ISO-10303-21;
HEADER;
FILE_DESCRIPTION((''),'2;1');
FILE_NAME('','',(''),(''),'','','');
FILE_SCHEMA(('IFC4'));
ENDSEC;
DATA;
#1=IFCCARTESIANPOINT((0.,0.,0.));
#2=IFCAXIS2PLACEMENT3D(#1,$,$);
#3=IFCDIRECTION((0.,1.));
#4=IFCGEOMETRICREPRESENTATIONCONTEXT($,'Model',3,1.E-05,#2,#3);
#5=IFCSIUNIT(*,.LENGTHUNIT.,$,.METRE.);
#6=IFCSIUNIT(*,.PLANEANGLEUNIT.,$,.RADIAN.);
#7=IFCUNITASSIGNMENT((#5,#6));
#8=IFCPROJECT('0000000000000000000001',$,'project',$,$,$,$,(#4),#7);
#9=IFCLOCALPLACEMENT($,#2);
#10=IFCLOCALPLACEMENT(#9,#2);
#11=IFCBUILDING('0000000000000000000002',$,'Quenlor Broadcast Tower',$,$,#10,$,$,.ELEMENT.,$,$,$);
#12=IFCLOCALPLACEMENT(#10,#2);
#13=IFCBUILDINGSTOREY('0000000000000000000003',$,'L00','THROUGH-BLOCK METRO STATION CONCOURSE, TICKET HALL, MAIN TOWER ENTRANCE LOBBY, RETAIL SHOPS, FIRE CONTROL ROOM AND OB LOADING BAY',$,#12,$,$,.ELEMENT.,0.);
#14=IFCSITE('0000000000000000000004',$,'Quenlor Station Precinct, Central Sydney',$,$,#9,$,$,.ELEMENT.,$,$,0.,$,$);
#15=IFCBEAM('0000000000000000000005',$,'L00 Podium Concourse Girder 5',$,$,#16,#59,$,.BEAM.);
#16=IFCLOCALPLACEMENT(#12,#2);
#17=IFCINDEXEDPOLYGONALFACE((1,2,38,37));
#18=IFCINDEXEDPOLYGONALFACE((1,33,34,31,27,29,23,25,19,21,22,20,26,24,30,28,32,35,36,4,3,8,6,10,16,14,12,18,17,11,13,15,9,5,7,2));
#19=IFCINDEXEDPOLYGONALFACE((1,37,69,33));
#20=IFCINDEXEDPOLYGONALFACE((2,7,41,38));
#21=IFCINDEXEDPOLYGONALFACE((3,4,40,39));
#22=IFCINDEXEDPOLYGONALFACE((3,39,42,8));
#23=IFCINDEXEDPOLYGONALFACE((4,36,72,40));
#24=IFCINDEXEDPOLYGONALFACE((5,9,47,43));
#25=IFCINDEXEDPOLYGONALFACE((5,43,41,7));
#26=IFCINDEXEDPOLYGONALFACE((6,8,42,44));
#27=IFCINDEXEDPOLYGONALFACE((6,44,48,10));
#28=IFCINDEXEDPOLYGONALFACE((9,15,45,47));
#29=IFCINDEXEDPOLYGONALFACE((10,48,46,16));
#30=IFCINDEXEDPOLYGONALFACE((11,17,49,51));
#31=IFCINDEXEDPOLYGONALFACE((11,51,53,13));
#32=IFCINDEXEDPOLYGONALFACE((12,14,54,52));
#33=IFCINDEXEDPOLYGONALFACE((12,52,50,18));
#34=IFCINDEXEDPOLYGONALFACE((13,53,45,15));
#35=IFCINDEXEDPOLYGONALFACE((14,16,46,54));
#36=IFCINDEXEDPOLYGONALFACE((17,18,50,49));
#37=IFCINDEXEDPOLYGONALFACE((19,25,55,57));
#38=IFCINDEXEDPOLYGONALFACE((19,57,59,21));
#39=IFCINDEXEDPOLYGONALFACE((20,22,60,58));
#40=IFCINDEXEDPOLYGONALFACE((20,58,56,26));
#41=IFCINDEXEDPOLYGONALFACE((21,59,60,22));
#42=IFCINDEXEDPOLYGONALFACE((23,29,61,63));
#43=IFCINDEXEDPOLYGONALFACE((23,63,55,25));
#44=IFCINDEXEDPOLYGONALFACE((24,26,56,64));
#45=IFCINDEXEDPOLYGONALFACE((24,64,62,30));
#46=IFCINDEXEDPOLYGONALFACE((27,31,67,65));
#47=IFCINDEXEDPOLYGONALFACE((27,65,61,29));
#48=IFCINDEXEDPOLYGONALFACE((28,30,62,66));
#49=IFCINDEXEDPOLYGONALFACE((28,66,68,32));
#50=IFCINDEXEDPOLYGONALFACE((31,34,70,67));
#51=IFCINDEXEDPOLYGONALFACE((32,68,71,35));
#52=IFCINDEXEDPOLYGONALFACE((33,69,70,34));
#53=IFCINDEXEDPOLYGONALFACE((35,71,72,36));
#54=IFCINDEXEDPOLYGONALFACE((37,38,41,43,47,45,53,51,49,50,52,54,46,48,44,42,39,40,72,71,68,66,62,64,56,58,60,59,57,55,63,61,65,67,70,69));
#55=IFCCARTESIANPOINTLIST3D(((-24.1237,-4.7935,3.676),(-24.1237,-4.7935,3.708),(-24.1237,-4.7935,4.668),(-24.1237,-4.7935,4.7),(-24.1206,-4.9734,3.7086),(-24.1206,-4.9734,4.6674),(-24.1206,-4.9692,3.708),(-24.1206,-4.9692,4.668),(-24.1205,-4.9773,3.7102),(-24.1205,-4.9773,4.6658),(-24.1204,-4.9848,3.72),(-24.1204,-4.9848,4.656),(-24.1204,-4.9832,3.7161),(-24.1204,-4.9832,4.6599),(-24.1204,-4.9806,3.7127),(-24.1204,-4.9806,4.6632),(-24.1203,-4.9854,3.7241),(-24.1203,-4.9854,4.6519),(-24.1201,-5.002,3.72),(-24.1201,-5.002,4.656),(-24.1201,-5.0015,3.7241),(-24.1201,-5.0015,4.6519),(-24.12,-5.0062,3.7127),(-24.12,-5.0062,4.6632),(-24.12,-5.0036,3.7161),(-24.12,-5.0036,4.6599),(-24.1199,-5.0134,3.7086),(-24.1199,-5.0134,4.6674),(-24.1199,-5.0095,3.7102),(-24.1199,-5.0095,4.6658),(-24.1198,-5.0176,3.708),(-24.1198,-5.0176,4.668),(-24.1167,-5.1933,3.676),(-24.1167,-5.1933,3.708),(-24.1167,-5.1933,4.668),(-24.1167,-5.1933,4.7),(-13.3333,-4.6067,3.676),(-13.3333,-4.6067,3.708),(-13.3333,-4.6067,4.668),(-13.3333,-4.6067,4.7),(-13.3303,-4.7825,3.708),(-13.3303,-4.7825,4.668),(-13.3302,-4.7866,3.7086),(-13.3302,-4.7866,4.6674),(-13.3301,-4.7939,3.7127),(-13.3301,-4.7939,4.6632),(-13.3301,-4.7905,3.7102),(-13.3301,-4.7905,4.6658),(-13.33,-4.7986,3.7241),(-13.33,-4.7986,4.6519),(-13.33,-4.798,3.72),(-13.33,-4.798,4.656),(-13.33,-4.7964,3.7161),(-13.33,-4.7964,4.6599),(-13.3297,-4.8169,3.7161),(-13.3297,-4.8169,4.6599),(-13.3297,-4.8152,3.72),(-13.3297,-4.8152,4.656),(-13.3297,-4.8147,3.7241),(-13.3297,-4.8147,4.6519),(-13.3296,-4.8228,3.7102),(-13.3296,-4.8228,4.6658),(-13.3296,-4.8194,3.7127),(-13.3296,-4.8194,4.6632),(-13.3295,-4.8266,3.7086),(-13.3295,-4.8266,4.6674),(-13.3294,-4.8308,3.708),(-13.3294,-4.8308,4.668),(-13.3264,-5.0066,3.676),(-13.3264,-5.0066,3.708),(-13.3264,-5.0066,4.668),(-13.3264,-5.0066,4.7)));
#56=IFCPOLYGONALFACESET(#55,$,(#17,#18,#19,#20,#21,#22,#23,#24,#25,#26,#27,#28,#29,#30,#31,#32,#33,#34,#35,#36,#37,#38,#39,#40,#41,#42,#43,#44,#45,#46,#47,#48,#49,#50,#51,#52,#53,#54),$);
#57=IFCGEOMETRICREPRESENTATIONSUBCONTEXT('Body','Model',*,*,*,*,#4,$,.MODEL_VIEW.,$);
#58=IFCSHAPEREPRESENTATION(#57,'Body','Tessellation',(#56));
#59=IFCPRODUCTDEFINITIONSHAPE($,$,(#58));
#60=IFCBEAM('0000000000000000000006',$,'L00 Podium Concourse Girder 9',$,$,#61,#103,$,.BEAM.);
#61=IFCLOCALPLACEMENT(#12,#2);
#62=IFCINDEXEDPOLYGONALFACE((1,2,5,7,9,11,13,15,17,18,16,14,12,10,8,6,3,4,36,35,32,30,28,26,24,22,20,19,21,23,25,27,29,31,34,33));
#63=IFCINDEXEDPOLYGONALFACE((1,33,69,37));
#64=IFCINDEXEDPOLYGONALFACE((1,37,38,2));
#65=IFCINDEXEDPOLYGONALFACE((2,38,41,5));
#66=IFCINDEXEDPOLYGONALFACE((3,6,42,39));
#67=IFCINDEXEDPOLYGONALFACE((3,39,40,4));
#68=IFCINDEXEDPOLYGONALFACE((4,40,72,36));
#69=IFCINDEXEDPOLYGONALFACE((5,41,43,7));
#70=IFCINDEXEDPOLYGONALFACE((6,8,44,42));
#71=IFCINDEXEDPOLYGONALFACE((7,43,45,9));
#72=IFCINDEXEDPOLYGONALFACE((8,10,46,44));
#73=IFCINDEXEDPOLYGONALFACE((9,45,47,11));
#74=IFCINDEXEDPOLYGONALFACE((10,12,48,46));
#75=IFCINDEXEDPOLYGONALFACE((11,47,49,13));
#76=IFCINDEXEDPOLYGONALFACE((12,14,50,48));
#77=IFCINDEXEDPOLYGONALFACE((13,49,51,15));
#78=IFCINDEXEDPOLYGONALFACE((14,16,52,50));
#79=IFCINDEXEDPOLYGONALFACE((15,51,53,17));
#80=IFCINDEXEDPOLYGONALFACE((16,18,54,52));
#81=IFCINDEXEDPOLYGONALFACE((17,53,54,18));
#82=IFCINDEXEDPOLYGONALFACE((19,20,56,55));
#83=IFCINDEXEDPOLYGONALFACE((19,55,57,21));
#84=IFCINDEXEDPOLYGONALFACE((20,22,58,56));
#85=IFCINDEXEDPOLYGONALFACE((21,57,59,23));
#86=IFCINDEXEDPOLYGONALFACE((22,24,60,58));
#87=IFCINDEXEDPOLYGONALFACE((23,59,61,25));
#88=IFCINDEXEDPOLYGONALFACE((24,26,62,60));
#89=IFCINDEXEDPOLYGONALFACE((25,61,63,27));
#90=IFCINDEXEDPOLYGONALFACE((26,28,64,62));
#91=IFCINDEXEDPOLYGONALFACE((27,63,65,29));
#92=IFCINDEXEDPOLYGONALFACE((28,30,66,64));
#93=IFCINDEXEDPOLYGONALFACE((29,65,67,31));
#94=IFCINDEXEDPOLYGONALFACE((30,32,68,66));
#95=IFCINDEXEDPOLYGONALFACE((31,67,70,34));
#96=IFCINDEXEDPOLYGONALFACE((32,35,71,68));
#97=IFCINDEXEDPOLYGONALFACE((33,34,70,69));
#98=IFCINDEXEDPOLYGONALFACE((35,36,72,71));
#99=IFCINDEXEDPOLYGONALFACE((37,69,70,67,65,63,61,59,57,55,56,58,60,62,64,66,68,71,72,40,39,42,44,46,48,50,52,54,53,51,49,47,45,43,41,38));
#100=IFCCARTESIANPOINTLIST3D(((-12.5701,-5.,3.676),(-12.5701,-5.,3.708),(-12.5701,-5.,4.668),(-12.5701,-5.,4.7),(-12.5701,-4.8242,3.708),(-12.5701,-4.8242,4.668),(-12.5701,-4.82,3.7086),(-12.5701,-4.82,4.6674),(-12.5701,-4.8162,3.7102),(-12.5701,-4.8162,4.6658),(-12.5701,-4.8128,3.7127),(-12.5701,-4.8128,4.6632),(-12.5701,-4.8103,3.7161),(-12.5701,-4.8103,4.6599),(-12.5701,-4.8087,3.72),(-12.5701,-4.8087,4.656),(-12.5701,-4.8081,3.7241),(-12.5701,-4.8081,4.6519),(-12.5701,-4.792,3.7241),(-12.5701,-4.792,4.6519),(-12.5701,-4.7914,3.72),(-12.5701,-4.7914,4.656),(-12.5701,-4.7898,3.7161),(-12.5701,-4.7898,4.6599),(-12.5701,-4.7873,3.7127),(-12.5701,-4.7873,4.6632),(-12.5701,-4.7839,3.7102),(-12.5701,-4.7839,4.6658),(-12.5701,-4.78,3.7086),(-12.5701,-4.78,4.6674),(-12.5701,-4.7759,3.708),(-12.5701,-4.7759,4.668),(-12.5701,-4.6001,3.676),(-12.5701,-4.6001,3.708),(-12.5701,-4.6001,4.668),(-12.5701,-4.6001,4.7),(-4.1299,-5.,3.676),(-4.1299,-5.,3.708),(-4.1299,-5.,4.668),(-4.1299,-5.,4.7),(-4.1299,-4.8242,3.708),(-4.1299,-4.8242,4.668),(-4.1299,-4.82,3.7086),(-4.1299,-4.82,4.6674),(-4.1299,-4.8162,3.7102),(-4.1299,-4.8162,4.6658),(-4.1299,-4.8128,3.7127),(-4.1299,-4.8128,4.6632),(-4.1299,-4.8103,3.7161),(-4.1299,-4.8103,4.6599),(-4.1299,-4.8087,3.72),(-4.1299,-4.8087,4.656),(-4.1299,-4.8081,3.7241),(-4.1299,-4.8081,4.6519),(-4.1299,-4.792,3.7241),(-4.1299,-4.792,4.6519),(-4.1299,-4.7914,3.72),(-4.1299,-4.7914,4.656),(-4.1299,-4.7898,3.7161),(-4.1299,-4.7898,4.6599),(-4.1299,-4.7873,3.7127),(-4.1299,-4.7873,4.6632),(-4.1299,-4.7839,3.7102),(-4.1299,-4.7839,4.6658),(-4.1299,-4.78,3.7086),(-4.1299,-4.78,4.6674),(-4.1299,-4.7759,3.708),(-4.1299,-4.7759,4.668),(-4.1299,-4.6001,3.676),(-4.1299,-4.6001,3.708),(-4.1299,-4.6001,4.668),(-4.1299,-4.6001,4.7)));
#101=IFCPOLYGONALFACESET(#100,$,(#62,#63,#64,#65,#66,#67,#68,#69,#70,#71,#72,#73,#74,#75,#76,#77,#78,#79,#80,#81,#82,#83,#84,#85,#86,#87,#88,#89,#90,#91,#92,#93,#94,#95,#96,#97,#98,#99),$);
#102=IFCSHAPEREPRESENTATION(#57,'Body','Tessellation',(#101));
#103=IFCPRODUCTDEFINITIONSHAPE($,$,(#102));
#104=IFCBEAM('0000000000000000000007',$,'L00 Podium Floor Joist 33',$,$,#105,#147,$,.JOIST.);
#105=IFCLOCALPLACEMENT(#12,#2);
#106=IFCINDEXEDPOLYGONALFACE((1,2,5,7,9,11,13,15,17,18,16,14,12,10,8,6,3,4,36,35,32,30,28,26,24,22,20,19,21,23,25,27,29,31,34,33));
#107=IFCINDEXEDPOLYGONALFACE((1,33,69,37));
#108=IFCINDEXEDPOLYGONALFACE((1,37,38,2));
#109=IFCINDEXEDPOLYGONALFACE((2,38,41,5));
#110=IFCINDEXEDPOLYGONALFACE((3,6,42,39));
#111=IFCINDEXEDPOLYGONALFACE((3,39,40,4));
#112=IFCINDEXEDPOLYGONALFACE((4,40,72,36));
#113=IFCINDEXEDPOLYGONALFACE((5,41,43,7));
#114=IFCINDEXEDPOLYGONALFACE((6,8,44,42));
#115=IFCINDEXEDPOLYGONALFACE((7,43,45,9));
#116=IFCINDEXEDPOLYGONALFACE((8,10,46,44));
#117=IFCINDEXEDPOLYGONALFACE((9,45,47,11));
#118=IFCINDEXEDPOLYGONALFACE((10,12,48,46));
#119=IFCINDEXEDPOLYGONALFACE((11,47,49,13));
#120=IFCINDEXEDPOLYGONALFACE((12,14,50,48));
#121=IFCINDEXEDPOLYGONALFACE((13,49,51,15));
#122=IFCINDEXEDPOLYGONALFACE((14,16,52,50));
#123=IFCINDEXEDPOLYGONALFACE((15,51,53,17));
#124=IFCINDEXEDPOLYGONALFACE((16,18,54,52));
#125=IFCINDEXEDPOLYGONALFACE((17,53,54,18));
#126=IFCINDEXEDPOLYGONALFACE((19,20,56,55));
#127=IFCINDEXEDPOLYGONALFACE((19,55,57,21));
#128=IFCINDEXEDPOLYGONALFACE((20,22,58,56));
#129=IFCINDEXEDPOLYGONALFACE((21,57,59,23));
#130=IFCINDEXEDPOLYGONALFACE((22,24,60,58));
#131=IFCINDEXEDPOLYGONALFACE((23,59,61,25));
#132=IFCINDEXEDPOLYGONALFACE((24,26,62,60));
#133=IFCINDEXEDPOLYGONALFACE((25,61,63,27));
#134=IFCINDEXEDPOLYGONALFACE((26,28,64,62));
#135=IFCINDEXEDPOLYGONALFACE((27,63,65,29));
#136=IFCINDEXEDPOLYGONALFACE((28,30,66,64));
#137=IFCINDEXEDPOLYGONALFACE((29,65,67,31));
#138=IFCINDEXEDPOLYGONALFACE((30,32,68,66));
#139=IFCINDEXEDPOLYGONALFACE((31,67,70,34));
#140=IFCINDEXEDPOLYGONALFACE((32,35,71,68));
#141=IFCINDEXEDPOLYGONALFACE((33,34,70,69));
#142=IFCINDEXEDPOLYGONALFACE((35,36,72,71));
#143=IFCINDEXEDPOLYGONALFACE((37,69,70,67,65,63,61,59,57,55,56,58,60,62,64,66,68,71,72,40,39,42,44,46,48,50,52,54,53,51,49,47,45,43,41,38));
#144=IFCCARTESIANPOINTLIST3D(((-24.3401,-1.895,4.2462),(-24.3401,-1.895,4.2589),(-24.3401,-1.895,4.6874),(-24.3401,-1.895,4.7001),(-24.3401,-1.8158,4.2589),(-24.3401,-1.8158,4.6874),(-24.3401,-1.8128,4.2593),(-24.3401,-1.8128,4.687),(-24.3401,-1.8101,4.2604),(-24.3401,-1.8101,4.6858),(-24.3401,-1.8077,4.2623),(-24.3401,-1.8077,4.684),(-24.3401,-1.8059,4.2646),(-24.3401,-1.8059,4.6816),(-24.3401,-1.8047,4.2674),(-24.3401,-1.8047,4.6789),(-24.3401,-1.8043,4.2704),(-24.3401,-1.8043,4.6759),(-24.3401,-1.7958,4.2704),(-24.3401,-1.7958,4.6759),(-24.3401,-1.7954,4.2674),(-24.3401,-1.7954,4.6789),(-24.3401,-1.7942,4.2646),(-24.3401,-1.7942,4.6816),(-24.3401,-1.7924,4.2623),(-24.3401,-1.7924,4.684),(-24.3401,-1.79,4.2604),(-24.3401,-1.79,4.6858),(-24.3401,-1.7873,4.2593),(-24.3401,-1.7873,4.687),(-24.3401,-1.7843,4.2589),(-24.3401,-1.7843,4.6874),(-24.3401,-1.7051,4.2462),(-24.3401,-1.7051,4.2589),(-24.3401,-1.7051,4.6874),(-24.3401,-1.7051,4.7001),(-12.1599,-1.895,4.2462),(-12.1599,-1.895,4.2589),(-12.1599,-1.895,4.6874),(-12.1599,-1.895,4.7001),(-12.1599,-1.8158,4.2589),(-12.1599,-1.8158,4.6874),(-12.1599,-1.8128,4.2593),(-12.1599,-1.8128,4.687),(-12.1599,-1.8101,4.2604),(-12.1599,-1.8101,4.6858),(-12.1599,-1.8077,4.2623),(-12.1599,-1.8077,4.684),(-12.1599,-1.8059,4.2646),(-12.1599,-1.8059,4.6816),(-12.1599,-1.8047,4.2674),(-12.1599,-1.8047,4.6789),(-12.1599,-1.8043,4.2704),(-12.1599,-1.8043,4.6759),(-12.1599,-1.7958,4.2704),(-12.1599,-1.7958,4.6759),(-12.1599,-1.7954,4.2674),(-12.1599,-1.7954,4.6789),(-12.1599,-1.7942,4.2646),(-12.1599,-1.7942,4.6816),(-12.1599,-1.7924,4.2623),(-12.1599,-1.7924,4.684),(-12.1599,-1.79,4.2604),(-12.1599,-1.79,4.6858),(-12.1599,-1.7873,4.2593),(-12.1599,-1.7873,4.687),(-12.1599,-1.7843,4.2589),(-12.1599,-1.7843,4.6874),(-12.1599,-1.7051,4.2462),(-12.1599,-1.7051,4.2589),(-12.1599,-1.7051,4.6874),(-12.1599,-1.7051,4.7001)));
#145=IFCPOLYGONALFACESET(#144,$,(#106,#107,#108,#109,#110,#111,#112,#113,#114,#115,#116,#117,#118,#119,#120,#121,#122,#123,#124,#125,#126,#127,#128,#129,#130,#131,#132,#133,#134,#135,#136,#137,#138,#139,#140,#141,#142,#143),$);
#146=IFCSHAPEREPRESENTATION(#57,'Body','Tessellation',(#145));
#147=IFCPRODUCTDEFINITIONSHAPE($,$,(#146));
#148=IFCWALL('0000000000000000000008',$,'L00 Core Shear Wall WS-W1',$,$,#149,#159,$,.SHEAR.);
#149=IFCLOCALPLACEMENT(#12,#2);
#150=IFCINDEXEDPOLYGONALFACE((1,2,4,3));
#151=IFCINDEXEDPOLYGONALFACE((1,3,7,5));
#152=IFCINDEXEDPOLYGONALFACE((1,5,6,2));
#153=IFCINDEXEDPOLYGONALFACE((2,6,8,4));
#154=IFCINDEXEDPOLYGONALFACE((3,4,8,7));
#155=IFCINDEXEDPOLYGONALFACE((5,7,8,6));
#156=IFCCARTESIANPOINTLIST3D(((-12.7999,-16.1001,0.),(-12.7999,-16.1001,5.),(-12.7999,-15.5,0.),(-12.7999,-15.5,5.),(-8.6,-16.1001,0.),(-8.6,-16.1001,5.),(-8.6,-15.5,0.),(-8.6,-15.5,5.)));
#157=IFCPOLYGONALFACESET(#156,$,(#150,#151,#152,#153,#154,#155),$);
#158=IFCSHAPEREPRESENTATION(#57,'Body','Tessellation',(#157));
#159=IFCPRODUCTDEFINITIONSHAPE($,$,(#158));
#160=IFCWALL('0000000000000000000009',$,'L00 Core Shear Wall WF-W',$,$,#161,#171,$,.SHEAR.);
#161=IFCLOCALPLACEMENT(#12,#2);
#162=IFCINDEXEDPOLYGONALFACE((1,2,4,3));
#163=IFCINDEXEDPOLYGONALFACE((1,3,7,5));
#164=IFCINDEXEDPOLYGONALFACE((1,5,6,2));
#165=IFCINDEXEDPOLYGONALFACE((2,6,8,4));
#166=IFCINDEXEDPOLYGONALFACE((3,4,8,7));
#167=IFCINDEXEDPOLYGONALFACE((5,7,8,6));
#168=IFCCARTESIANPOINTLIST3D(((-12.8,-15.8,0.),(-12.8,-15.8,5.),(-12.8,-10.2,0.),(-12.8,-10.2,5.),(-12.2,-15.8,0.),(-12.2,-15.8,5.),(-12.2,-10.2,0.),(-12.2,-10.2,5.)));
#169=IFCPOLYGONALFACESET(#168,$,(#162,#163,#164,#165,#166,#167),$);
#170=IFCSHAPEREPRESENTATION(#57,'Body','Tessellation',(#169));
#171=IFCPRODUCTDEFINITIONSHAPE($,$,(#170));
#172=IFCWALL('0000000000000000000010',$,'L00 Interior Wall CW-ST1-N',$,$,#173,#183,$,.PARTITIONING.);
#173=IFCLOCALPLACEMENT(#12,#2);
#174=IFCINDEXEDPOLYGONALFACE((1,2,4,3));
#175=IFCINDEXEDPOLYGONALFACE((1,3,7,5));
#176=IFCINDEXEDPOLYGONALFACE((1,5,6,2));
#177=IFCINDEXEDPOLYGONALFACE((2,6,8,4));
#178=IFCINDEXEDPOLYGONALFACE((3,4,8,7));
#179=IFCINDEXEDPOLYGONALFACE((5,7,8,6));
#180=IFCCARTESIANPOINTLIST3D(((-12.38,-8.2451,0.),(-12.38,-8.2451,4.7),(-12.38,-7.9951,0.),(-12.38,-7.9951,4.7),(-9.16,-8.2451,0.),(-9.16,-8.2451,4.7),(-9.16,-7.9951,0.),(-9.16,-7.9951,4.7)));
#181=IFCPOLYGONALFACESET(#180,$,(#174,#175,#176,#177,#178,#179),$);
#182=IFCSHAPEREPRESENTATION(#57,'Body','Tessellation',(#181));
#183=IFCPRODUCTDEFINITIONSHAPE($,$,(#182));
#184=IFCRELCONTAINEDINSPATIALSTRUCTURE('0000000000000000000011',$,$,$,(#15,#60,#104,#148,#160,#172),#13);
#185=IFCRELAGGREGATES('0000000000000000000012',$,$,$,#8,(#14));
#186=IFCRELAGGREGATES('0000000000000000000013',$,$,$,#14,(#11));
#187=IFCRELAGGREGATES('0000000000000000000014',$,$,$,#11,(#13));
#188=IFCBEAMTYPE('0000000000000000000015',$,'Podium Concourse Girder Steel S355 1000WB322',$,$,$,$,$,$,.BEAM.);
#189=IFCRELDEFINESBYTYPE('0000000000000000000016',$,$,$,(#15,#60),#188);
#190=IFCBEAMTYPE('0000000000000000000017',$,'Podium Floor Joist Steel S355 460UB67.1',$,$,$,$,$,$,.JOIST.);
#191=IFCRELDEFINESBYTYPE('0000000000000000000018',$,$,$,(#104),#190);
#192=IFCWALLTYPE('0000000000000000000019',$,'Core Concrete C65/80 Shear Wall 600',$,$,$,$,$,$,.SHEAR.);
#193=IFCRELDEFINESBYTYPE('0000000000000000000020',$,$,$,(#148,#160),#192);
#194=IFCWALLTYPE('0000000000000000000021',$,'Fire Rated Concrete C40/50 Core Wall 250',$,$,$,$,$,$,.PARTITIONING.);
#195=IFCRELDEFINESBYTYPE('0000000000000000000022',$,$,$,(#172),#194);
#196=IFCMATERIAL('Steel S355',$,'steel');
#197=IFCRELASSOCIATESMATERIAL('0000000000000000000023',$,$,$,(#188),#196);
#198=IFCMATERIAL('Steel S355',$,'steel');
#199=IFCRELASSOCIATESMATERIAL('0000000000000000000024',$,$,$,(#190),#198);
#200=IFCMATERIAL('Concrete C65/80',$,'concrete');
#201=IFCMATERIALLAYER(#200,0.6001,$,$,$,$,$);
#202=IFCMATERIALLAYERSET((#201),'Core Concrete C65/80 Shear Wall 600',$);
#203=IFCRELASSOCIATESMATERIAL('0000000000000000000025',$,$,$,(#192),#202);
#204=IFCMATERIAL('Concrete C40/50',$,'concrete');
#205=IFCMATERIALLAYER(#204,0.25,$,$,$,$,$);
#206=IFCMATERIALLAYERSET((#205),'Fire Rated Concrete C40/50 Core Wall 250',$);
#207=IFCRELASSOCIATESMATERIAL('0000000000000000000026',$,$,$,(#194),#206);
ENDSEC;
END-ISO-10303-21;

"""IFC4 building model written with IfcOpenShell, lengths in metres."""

from ifc_helpers import new_model, si_unit, direction, frame, frame_2d, origin, origin_2d, place, context, subcontext, project, spatial, rectangle, i_section, extrude, material, layer, layer_set, material_profile, profile_set, type_object, element, save


model = new_model("IFC4")

# Units and contexts
model_context = context("Model", 3, precision=1e-05, world=origin(), true_north=direction((0.0, 1.0)))
body_context = subcontext(model_context, "Body", "Model", "MODEL_VIEW")
ifc_project = project(units=[si_unit("LENGTHUNIT", "METRE"), si_unit("PLANEANGLEUNIT", "RADIAN")], contexts=[model_context])

# Site, building, storey
site_placement = place(None, origin())
site = spatial("IfcSite", under=ifc_project, at=site_placement, Name="Quenlor Station Precinct, Central Sydney", CompositionType="ELEMENT", RefElevation=0.0)
building_placement = place(site_placement, origin())
building = spatial("IfcBuilding", under=site, at=building_placement, Name="Quenlor Broadcast Tower", CompositionType="ELEMENT")
storey_placement = place(building_placement, origin())
storey = spatial("IfcBuildingStorey", under=building, at=storey_placement, Name="L00", Description="THROUGH-BLOCK METRO STATION CONCOURSE, TICKET HALL, MAIN TOWER ENTRANCE LOBBY, RETAIL SHOPS, FIRE CONTROL ROOM AND OB LOADING BAY", CompositionType="ELEMENT", Elevation=0.0)

# Beams
ifc_material_1 = material(Name="Steel S355", Category="steel")
ifc_material_profile_1 = material_profile(ifc_material_1, i_section(OverallWidth=0.3999, OverallDepth=1.0239, WebThickness=0.0161, FlangeThickness=0.032, FilletRadius=0.0161, at=origin_2d()))
ifc_profile_set_1 = profile_set([ifc_material_profile_1], Name="Steel S355 1000WB322")
beam_type_1 = type_object("IfcBeamType", Name="Podium Concourse Girder Steel S355 1000WB322", PredefinedType="BEAM", material=ifc_profile_set_1)
beam_1_placement = place(storey_placement, frame((-13.3298, -4.8066, 4.188), z_axis=(-0.99985, -0.017306, 0.0), x_axis=(0.017306, -0.99985, 0.0)))
element("IfcBeam", 1, at=beam_1_placement, inside=storey, type_object=beam_type_1, Name="L00 Podium Concourse Girder 5", PredefinedType="BEAM", context=body_context, shape_type="SweptSolid", body=[
    extrude(i_section(OverallWidth=0.3999, OverallDepth=1.0239, WebThickness=0.0161, FlangeThickness=0.032, FilletRadius=0.0161, at=origin_2d()), origin(), (0.0, 0.0, 1.0), 10.792),
])
beam_2_placement = place(storey_placement, frame((-12.5701, -4.8, 4.188), z_axis=(1.0, 0.0, 0.0), x_axis=(0.0, 1.0, 0.0)))
element("IfcBeam", 2, at=beam_2_placement, inside=storey, type_object=beam_type_1, Name="L00 Podium Concourse Girder 9", PredefinedType="BEAM", context=body_context, shape_type="SweptSolid", body=[
    extrude(i_section(OverallWidth=0.3999, OverallDepth=1.0239, WebThickness=0.0161, FlangeThickness=0.032, FilletRadius=0.0161, at=origin_2d()), origin(), (0.0, 0.0, 1.0), 8.4402),
])
ifc_material_2 = material(Name="Steel S355", Category="steel")
ifc_material_profile_2 = material_profile(ifc_material_2, i_section(OverallWidth=0.1899, OverallDepth=0.4539, WebThickness=0.0085, FlangeThickness=0.0127, FilletRadius=0.0115, at=origin_2d()))
ifc_profile_set_2 = profile_set([ifc_material_profile_2], Name="Steel S355 460UB67.1")
beam_type_2 = type_object("IfcBeamType", Name="Podium Floor Joist Steel S355 460UB67.1", PredefinedType="JOIST", material=ifc_profile_set_2)
beam_3_placement = place(storey_placement, frame((-24.3401, -1.8, 4.4731), z_axis=(1.0, 0.0, 0.0), x_axis=(0.0, 1.0, 0.0)))
element("IfcBeam", 3, at=beam_3_placement, inside=storey, type_object=beam_type_2, Name="L00 Podium Floor Joist 33", PredefinedType="JOIST", context=body_context, shape_type="SweptSolid", body=[
    extrude(i_section(OverallWidth=0.1899, OverallDepth=0.4539, WebThickness=0.0085, FlangeThickness=0.0127, FilletRadius=0.0115, at=origin_2d()), origin(), (0.0, 0.0, 1.0), 12.1802),
])

# Walls
ifc_material_3 = material(Name="Concrete C65/80", Category="concrete")
ifc_layer_1 = layer(ifc_material_3, 0.6001)
ifc_layer_set_1 = layer_set([ifc_layer_1], Name="Core Concrete C65/80 Shear Wall 600")
wall_type_1 = type_object("IfcWallType", Name="Core Concrete C65/80 Shear Wall 600", PredefinedType="SHEAR", material=ifc_layer_set_1)
wall_1_placement = place(storey_placement, frame((-12.8, -15.8, 0.0), z_axis=(0.0, 0.0, 1.0), x_axis=(1.0, 0.0, 0.0)))
element("IfcWall", 4, at=wall_1_placement, inside=storey, type_object=wall_type_1, Name="L00 Core Shear Wall WS-W1", PredefinedType="SHEAR", context=body_context, shape_type="SweptSolid", body=[
    extrude(rectangle(XDim=4.2, YDim=0.6001, at=frame_2d((2.1001, 0.0))), origin(), (0.0, 0.0, 1.0), 5.0),
])
wall_2_placement = place(storey_placement, frame((-12.5, -15.8, 0.0), z_axis=(0.0, 0.0, 1.0), x_axis=(0.0, 1.0, 0.0)))
element("IfcWall", 5, at=wall_2_placement, inside=storey, type_object=wall_type_1, Name="L00 Core Shear Wall WF-W", PredefinedType="SHEAR", context=body_context, shape_type="SweptSolid", body=[
    extrude(rectangle(XDim=5.6001, YDim=0.6001, at=frame_2d((2.8, 0.0))), origin(), (0.0, 0.0, 1.0), 5.0),
])
ifc_material_4 = material(Name="Concrete C40/50", Category="concrete")
ifc_layer_2 = layer(ifc_material_4, 0.25)
ifc_layer_set_2 = layer_set([ifc_layer_2], Name="Fire Rated Concrete C40/50 Core Wall 250")
wall_type_2 = type_object("IfcWallType", Name="Fire Rated Concrete C40/50 Core Wall 250", PredefinedType="PARTITIONING", material=ifc_layer_set_2)
wall_3_placement = place(storey_placement, frame((-12.3799, -8.1201, 0.0), z_axis=(0.0, 0.0, 1.0), x_axis=(1.0, 0.0, 0.0)))
element("IfcWall", 6, at=wall_3_placement, inside=storey, type_object=wall_type_2, Name="L00 Interior Wall CW-ST1-N", PredefinedType="PARTITIONING", context=body_context, shape_type="SweptSolid", body=[
    extrude(rectangle(XDim=3.22, YDim=0.25, at=frame_2d((1.6099, 0.0))), origin(), (0.0, 0.0, 1.0), 4.7),
])

save(model, "model.ifc")
